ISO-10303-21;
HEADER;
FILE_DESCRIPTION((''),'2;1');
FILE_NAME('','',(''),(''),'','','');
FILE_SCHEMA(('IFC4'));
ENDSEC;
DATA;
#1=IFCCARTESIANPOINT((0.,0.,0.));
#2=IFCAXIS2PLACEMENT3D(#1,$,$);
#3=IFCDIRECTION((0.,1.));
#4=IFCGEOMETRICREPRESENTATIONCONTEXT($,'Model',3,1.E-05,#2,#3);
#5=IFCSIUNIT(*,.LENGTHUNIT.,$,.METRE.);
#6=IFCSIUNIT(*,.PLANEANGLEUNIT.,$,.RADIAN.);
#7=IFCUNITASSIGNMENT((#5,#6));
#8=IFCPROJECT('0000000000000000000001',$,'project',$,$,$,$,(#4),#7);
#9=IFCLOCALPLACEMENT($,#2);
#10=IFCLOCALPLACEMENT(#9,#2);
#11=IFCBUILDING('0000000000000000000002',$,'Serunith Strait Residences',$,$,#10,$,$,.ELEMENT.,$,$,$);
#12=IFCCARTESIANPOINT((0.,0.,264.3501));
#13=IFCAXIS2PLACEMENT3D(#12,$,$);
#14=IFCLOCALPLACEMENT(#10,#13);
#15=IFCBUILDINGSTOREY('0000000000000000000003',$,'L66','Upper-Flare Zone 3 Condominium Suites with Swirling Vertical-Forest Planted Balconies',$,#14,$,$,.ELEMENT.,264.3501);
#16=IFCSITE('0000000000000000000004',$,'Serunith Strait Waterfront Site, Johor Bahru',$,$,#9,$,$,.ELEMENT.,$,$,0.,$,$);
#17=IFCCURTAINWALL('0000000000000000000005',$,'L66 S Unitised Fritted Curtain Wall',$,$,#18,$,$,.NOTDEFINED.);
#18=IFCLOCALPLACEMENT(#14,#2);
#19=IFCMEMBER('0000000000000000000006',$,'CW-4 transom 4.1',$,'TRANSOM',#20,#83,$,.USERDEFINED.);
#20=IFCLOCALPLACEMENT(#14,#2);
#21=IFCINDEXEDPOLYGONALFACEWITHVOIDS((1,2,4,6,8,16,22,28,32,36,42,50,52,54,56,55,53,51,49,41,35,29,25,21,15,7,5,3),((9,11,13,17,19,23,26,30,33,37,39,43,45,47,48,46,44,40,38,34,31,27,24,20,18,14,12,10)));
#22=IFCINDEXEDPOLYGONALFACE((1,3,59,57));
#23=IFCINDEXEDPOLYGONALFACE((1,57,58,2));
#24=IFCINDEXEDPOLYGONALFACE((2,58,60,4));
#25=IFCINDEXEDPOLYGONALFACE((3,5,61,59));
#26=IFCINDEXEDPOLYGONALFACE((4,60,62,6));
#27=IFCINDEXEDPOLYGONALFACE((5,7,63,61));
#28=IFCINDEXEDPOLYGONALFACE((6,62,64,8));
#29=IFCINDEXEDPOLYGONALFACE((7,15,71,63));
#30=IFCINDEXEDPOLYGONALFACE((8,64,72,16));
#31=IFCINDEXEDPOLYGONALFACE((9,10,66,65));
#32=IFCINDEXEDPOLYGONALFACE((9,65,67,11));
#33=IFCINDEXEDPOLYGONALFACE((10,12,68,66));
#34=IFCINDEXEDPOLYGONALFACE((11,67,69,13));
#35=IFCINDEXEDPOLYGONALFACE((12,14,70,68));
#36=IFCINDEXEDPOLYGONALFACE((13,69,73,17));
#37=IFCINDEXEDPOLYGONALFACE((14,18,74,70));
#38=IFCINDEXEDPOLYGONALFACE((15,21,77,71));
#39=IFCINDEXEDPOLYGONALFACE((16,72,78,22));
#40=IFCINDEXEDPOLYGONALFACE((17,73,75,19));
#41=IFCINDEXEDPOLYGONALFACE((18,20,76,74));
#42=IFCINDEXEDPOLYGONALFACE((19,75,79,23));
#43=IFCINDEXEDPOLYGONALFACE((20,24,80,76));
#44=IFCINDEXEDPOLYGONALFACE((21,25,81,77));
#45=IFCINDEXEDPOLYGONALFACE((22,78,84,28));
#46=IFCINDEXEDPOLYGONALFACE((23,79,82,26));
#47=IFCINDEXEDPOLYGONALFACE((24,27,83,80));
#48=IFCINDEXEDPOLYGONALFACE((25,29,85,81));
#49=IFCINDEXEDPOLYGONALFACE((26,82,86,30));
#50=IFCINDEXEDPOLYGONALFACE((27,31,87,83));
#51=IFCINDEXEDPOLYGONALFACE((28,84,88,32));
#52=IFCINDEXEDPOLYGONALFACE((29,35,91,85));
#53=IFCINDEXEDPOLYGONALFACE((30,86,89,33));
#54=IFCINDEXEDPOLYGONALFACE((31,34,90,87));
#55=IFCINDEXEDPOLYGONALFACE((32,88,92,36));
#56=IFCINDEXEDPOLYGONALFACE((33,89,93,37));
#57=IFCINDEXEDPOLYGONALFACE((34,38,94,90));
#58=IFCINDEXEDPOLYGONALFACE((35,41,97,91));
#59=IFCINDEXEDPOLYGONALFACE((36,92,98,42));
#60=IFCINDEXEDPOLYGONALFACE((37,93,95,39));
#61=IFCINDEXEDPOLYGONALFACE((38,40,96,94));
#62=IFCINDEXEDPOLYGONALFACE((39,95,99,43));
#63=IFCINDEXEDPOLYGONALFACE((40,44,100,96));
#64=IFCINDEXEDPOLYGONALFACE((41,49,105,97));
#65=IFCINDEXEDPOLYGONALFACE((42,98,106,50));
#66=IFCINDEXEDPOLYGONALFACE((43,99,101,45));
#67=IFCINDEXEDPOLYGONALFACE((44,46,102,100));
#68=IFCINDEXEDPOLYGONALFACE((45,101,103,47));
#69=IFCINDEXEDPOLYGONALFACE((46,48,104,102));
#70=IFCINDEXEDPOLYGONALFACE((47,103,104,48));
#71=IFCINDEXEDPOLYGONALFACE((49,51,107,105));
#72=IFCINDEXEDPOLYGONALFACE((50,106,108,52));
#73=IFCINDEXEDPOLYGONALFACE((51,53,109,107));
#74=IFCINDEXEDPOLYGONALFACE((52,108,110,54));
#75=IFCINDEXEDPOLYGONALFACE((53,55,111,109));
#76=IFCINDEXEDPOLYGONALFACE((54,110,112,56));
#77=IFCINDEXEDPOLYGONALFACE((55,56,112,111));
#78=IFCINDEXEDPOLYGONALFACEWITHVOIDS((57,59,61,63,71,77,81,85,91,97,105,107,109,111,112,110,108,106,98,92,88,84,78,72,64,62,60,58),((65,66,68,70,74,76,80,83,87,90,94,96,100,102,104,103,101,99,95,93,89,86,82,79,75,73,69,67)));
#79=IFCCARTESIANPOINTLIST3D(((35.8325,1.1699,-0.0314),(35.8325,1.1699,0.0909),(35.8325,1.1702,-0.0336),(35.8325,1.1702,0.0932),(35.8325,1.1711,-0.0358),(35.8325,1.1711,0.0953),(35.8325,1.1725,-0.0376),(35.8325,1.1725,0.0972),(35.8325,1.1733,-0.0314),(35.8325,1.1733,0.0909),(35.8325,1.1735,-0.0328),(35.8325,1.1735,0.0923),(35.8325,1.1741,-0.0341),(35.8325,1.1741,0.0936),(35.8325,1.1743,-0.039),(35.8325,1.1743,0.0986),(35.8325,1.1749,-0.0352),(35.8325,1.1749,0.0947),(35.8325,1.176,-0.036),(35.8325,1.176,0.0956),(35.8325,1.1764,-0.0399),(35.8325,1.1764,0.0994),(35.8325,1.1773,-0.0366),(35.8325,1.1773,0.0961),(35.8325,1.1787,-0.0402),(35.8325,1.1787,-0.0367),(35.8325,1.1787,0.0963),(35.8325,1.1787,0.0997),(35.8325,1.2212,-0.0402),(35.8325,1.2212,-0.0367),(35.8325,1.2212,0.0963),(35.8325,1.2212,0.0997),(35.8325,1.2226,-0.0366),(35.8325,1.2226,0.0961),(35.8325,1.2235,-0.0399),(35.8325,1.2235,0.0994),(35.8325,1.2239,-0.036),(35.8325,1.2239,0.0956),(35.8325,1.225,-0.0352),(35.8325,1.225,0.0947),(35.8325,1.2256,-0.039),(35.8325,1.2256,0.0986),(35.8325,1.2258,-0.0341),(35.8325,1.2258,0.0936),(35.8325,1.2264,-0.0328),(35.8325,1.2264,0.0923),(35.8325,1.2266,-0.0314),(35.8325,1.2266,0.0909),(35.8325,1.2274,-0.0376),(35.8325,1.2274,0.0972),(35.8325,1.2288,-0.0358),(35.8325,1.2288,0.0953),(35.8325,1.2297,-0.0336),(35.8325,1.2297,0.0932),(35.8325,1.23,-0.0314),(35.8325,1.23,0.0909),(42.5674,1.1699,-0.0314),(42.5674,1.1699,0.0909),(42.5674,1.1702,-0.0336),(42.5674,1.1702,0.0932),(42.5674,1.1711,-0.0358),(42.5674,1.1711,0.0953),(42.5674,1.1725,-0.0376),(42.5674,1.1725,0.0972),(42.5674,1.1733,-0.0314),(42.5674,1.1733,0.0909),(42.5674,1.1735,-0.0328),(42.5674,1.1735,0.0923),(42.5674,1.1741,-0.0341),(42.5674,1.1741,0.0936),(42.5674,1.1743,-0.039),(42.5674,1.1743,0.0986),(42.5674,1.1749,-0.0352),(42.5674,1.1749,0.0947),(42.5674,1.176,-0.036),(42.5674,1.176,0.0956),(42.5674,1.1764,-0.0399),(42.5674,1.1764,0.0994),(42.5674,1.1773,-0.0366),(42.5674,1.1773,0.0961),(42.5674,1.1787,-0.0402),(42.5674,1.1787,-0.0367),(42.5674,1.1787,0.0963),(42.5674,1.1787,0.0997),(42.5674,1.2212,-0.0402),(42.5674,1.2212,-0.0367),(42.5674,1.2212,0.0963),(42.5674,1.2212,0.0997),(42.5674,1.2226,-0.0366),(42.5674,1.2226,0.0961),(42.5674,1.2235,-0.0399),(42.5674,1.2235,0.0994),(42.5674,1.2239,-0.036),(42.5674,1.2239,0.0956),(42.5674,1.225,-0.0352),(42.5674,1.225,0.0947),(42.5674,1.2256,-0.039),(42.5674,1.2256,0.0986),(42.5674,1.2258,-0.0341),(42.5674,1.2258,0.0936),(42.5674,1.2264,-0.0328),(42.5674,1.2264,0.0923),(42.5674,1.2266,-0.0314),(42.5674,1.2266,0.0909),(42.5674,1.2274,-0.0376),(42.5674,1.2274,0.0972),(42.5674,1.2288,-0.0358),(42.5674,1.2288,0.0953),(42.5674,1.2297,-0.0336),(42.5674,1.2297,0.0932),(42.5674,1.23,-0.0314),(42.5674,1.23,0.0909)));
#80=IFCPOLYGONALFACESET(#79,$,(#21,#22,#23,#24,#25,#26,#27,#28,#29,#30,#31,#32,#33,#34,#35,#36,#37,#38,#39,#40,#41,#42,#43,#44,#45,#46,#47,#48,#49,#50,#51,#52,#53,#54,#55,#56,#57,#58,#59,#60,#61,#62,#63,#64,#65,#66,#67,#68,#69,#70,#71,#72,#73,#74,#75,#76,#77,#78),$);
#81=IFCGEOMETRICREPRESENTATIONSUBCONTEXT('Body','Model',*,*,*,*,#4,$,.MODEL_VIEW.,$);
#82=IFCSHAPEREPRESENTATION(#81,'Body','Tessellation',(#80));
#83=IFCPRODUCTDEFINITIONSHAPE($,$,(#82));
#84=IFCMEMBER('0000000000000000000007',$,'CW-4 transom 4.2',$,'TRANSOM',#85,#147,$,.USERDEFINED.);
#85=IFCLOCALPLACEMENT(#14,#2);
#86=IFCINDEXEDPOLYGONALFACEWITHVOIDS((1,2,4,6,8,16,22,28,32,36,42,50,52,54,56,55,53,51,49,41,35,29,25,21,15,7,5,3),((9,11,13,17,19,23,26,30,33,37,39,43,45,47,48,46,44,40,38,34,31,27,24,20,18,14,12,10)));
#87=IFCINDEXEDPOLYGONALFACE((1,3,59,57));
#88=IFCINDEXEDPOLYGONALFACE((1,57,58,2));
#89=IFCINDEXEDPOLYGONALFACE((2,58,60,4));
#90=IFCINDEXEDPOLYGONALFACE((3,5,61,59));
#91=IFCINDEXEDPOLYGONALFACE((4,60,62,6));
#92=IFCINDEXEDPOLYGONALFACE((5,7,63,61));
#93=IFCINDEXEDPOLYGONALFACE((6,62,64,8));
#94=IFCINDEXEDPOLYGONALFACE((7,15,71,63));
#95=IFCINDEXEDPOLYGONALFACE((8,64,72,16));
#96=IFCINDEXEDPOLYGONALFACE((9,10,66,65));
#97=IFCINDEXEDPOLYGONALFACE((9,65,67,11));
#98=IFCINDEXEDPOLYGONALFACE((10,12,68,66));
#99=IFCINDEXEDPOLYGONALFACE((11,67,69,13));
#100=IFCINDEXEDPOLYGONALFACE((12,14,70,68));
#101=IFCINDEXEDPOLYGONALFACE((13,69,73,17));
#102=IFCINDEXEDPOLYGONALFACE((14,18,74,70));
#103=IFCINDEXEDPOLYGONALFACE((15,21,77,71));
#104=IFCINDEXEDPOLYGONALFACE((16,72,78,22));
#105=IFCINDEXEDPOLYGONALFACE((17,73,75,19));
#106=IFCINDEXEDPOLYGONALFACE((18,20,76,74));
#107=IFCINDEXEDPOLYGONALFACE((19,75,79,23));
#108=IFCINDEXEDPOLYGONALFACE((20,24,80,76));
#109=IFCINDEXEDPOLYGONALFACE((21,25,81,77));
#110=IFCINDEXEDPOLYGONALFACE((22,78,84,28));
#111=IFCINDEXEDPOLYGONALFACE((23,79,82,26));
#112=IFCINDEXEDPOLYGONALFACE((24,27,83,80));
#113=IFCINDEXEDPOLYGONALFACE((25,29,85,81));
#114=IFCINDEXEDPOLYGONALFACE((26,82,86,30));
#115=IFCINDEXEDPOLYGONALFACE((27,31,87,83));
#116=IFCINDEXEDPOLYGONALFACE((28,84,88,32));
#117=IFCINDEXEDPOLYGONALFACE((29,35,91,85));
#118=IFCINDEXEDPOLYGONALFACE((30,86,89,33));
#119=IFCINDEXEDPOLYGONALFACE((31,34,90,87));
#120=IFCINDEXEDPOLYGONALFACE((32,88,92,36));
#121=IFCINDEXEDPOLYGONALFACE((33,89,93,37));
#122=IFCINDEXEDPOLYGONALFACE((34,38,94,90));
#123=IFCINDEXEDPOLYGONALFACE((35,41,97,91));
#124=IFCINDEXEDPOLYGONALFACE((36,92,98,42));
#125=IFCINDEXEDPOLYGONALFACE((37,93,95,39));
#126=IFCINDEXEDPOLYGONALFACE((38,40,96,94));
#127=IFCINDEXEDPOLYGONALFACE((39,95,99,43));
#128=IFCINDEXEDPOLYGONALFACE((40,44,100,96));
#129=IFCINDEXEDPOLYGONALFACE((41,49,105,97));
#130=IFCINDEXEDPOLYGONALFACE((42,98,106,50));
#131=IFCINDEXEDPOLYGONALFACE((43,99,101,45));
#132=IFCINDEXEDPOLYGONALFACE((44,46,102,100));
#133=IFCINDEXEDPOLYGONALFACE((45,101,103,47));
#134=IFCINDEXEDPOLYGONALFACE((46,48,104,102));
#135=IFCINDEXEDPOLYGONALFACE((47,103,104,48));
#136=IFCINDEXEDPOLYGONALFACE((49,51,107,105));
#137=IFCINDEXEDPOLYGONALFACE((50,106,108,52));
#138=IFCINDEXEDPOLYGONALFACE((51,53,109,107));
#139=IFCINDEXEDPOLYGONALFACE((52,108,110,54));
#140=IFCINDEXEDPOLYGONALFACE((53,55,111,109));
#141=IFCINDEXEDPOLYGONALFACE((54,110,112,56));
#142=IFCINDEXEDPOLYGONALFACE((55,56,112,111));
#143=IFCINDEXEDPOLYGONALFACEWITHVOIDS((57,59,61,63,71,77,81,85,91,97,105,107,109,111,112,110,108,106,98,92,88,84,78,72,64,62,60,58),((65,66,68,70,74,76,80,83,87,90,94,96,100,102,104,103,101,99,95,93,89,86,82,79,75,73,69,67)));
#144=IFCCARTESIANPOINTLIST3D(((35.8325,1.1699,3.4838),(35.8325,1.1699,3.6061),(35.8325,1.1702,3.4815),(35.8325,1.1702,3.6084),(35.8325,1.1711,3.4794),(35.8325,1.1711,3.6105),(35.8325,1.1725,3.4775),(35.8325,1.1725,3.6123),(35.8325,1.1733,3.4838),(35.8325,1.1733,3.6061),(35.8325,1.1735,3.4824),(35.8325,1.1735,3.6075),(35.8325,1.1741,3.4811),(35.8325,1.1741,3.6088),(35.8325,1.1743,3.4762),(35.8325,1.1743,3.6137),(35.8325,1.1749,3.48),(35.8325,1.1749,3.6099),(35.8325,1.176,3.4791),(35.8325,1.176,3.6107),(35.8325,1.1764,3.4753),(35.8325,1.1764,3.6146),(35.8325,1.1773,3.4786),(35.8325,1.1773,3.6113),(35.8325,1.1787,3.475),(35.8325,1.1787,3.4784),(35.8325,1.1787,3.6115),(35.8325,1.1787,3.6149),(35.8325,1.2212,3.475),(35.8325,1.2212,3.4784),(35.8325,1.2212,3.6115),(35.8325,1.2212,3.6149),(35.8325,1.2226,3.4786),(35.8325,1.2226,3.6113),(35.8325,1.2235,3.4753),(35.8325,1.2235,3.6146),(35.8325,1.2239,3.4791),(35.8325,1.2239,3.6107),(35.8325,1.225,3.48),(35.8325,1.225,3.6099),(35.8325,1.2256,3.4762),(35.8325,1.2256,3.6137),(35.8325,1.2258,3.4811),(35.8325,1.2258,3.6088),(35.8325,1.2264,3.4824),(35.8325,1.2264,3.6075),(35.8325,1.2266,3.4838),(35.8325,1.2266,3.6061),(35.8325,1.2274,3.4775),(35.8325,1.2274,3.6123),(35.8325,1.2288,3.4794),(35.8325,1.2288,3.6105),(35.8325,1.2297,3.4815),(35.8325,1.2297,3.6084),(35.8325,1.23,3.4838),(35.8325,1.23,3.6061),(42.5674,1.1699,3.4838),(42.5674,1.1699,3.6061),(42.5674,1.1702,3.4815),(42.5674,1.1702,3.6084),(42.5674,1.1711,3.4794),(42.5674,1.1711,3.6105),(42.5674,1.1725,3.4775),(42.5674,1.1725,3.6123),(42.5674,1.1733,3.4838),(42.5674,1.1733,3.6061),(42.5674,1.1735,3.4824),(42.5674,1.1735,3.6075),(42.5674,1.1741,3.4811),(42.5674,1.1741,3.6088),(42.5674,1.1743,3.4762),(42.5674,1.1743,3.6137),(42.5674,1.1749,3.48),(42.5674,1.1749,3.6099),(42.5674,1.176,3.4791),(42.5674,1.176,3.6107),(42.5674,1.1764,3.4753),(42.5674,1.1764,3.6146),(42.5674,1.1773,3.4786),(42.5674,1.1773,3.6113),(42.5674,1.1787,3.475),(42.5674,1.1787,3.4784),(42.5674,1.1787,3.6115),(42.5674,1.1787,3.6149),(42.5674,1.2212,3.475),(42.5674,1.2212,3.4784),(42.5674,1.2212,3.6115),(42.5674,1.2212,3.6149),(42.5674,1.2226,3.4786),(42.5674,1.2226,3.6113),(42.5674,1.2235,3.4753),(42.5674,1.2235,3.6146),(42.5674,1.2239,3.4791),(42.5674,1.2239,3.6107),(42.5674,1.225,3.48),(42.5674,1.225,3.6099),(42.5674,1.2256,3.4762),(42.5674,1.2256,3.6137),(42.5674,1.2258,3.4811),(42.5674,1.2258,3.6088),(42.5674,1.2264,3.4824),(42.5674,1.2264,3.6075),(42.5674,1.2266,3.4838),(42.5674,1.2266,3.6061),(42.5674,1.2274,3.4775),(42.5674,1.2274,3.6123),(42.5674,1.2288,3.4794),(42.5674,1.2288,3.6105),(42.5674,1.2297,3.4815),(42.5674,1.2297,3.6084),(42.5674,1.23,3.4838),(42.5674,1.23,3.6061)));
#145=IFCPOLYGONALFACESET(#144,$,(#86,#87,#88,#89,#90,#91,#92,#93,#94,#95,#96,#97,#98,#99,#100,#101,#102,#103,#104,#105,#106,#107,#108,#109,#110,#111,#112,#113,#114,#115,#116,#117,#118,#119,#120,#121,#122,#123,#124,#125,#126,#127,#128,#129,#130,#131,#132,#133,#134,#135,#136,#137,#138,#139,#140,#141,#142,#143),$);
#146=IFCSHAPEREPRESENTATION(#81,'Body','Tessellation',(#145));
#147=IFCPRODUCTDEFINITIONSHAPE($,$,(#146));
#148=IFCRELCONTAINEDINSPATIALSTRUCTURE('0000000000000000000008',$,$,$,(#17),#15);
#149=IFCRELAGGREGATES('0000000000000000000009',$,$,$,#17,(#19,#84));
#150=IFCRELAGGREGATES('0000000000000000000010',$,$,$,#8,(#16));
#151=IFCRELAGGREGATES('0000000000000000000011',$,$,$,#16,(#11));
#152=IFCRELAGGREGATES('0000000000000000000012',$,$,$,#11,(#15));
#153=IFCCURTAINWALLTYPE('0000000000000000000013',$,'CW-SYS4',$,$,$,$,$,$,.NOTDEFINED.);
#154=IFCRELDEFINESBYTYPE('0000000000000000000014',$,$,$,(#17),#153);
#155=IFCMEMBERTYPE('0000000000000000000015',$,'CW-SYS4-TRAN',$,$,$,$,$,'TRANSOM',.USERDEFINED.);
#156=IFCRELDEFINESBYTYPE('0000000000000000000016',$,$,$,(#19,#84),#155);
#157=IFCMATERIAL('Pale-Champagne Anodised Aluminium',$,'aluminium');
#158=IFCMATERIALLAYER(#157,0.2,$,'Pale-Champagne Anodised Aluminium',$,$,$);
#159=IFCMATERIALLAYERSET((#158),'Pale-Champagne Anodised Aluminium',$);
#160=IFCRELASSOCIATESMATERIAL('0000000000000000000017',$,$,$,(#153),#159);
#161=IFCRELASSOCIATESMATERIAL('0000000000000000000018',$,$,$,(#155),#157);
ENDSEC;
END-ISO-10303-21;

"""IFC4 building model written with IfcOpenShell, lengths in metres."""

from ifc_helpers import new_model, si_unit, direction, frame, origin, origin_2d, place, context, subcontext, project, spatial, hollow_rectangle, extrude, source, transform, mapped, material, layer, layer_set, material_profile, profile_set, type_object, element, aggregate, save


model = new_model("IFC4")

# Units and contexts
model_context = context("Model", 3, precision=1e-05, world=origin(), true_north=direction((0.0, 1.0)))
body_context = subcontext(model_context, "Body", "Model", "MODEL_VIEW")
ifc_project = project(units=[si_unit("LENGTHUNIT", "METRE"), si_unit("PLANEANGLEUNIT", "RADIAN")], contexts=[model_context])

# Site, building, storey
site_placement = place(None, origin())
site = spatial("IfcSite", under=ifc_project, at=site_placement, Name="Serunith Strait Waterfront Site, Johor Bahru", CompositionType="ELEMENT", RefElevation=0.0)
building_placement = place(site_placement, origin())
building = spatial("IfcBuilding", under=site, at=building_placement, Name="Serunith Strait Residences", CompositionType="ELEMENT")
storey_placement = place(building_placement, frame((0.0, 0.0, 264.3501)))
storey = spatial("IfcBuildingStorey", under=building, at=storey_placement, Name="L66", Description="Upper-Flare Zone 3 Condominium Suites with Swirling Vertical-Forest Planted Balconies", CompositionType="ELEMENT", Elevation=264.3501)

# Curtain wall, members
ifc_material_1 = material(Name="Pale-Champagne Anodised Aluminium", Category="aluminium")
ifc_layer_1 = layer(ifc_material_1, 0.2, Name="Pale-Champagne Anodised Aluminium")
ifc_layer_set_1 = layer_set([ifc_layer_1], Name="Pale-Champagne Anodised Aluminium")
curtain_wall_type = type_object("IfcCurtainWallType", Name="CW-SYS4", PredefinedType="NOTDEFINED", material=ifc_layer_set_1)
curtain_wall_placement = place(storey_placement, origin())
curtain_wall = element("IfcCurtainWall", 1, at=curtain_wall_placement, inside=storey, type_object=curtain_wall_type, Name="L66 S Unitised Fritted Curtain Wall", PredefinedType="NOTDEFINED")
ifc_material_profile_1 = material_profile(ifc_material_1, hollow_rectangle(XDim=0.0601, YDim=0.1399, WallThickness=0.0034, InnerFilletRadius=0.0054, OuterFilletRadius=0.0088, at=origin_2d()), Name="ALU 140x60x3.5")
ifc_profile_set_1 = profile_set([ifc_material_profile_1], Name="Pale-Champagne Anodised Aluminium")
member_type_1 = type_object("IfcMemberType", Name="CW-SYS4-TRAN", ElementType="TRANSOM", PredefinedType="USERDEFINED", material=ifc_profile_set_1)
shared_shape_1 = source(origin(), body_context, "Body", "SweptSolid", [
    extrude(hollow_rectangle(XDim=0.0601, YDim=0.1399, WallThickness=0.0034, InnerFilletRadius=0.0054, OuterFilletRadius=0.0088, at=origin_2d()), origin(), (0.0, 0.0, 1.0), 6.7349),
])
member_1_placement = place(storey_placement, frame((35.8325, 1.2, 0.0298), z_axis=(1.0, 0.0, 0.0), x_axis=(0.0, 1.0, 0.0)))
member_1 = element("IfcMember", 2, at=member_1_placement, type_object=member_type_1, Name="CW-4 transom 4.1", ObjectType="TRANSOM", PredefinedType="USERDEFINED", context=body_context, shape_type="MappedRepresentation", body=[
    mapped(shared_shape_1, transform((0.0, 0.0, 0.0), scale=1.0)),
])
member_2_placement = place(storey_placement, frame((35.8325, 1.2, 3.5449), z_axis=(1.0, 0.0, 0.0), x_axis=(0.0, 1.0, 0.0)))
member_2 = element("IfcMember", 3, at=member_2_placement, type_object=member_type_1, Name="CW-4 transom 4.2", ObjectType="TRANSOM", PredefinedType="USERDEFINED", context=body_context, shape_type="MappedRepresentation", body=[
    mapped(shared_shape_1, transform((0.0, 0.0, 0.0), scale=1.0)),
])
aggregate(curtain_wall, [member_1, member_2])

save(model, "model.ifc")
